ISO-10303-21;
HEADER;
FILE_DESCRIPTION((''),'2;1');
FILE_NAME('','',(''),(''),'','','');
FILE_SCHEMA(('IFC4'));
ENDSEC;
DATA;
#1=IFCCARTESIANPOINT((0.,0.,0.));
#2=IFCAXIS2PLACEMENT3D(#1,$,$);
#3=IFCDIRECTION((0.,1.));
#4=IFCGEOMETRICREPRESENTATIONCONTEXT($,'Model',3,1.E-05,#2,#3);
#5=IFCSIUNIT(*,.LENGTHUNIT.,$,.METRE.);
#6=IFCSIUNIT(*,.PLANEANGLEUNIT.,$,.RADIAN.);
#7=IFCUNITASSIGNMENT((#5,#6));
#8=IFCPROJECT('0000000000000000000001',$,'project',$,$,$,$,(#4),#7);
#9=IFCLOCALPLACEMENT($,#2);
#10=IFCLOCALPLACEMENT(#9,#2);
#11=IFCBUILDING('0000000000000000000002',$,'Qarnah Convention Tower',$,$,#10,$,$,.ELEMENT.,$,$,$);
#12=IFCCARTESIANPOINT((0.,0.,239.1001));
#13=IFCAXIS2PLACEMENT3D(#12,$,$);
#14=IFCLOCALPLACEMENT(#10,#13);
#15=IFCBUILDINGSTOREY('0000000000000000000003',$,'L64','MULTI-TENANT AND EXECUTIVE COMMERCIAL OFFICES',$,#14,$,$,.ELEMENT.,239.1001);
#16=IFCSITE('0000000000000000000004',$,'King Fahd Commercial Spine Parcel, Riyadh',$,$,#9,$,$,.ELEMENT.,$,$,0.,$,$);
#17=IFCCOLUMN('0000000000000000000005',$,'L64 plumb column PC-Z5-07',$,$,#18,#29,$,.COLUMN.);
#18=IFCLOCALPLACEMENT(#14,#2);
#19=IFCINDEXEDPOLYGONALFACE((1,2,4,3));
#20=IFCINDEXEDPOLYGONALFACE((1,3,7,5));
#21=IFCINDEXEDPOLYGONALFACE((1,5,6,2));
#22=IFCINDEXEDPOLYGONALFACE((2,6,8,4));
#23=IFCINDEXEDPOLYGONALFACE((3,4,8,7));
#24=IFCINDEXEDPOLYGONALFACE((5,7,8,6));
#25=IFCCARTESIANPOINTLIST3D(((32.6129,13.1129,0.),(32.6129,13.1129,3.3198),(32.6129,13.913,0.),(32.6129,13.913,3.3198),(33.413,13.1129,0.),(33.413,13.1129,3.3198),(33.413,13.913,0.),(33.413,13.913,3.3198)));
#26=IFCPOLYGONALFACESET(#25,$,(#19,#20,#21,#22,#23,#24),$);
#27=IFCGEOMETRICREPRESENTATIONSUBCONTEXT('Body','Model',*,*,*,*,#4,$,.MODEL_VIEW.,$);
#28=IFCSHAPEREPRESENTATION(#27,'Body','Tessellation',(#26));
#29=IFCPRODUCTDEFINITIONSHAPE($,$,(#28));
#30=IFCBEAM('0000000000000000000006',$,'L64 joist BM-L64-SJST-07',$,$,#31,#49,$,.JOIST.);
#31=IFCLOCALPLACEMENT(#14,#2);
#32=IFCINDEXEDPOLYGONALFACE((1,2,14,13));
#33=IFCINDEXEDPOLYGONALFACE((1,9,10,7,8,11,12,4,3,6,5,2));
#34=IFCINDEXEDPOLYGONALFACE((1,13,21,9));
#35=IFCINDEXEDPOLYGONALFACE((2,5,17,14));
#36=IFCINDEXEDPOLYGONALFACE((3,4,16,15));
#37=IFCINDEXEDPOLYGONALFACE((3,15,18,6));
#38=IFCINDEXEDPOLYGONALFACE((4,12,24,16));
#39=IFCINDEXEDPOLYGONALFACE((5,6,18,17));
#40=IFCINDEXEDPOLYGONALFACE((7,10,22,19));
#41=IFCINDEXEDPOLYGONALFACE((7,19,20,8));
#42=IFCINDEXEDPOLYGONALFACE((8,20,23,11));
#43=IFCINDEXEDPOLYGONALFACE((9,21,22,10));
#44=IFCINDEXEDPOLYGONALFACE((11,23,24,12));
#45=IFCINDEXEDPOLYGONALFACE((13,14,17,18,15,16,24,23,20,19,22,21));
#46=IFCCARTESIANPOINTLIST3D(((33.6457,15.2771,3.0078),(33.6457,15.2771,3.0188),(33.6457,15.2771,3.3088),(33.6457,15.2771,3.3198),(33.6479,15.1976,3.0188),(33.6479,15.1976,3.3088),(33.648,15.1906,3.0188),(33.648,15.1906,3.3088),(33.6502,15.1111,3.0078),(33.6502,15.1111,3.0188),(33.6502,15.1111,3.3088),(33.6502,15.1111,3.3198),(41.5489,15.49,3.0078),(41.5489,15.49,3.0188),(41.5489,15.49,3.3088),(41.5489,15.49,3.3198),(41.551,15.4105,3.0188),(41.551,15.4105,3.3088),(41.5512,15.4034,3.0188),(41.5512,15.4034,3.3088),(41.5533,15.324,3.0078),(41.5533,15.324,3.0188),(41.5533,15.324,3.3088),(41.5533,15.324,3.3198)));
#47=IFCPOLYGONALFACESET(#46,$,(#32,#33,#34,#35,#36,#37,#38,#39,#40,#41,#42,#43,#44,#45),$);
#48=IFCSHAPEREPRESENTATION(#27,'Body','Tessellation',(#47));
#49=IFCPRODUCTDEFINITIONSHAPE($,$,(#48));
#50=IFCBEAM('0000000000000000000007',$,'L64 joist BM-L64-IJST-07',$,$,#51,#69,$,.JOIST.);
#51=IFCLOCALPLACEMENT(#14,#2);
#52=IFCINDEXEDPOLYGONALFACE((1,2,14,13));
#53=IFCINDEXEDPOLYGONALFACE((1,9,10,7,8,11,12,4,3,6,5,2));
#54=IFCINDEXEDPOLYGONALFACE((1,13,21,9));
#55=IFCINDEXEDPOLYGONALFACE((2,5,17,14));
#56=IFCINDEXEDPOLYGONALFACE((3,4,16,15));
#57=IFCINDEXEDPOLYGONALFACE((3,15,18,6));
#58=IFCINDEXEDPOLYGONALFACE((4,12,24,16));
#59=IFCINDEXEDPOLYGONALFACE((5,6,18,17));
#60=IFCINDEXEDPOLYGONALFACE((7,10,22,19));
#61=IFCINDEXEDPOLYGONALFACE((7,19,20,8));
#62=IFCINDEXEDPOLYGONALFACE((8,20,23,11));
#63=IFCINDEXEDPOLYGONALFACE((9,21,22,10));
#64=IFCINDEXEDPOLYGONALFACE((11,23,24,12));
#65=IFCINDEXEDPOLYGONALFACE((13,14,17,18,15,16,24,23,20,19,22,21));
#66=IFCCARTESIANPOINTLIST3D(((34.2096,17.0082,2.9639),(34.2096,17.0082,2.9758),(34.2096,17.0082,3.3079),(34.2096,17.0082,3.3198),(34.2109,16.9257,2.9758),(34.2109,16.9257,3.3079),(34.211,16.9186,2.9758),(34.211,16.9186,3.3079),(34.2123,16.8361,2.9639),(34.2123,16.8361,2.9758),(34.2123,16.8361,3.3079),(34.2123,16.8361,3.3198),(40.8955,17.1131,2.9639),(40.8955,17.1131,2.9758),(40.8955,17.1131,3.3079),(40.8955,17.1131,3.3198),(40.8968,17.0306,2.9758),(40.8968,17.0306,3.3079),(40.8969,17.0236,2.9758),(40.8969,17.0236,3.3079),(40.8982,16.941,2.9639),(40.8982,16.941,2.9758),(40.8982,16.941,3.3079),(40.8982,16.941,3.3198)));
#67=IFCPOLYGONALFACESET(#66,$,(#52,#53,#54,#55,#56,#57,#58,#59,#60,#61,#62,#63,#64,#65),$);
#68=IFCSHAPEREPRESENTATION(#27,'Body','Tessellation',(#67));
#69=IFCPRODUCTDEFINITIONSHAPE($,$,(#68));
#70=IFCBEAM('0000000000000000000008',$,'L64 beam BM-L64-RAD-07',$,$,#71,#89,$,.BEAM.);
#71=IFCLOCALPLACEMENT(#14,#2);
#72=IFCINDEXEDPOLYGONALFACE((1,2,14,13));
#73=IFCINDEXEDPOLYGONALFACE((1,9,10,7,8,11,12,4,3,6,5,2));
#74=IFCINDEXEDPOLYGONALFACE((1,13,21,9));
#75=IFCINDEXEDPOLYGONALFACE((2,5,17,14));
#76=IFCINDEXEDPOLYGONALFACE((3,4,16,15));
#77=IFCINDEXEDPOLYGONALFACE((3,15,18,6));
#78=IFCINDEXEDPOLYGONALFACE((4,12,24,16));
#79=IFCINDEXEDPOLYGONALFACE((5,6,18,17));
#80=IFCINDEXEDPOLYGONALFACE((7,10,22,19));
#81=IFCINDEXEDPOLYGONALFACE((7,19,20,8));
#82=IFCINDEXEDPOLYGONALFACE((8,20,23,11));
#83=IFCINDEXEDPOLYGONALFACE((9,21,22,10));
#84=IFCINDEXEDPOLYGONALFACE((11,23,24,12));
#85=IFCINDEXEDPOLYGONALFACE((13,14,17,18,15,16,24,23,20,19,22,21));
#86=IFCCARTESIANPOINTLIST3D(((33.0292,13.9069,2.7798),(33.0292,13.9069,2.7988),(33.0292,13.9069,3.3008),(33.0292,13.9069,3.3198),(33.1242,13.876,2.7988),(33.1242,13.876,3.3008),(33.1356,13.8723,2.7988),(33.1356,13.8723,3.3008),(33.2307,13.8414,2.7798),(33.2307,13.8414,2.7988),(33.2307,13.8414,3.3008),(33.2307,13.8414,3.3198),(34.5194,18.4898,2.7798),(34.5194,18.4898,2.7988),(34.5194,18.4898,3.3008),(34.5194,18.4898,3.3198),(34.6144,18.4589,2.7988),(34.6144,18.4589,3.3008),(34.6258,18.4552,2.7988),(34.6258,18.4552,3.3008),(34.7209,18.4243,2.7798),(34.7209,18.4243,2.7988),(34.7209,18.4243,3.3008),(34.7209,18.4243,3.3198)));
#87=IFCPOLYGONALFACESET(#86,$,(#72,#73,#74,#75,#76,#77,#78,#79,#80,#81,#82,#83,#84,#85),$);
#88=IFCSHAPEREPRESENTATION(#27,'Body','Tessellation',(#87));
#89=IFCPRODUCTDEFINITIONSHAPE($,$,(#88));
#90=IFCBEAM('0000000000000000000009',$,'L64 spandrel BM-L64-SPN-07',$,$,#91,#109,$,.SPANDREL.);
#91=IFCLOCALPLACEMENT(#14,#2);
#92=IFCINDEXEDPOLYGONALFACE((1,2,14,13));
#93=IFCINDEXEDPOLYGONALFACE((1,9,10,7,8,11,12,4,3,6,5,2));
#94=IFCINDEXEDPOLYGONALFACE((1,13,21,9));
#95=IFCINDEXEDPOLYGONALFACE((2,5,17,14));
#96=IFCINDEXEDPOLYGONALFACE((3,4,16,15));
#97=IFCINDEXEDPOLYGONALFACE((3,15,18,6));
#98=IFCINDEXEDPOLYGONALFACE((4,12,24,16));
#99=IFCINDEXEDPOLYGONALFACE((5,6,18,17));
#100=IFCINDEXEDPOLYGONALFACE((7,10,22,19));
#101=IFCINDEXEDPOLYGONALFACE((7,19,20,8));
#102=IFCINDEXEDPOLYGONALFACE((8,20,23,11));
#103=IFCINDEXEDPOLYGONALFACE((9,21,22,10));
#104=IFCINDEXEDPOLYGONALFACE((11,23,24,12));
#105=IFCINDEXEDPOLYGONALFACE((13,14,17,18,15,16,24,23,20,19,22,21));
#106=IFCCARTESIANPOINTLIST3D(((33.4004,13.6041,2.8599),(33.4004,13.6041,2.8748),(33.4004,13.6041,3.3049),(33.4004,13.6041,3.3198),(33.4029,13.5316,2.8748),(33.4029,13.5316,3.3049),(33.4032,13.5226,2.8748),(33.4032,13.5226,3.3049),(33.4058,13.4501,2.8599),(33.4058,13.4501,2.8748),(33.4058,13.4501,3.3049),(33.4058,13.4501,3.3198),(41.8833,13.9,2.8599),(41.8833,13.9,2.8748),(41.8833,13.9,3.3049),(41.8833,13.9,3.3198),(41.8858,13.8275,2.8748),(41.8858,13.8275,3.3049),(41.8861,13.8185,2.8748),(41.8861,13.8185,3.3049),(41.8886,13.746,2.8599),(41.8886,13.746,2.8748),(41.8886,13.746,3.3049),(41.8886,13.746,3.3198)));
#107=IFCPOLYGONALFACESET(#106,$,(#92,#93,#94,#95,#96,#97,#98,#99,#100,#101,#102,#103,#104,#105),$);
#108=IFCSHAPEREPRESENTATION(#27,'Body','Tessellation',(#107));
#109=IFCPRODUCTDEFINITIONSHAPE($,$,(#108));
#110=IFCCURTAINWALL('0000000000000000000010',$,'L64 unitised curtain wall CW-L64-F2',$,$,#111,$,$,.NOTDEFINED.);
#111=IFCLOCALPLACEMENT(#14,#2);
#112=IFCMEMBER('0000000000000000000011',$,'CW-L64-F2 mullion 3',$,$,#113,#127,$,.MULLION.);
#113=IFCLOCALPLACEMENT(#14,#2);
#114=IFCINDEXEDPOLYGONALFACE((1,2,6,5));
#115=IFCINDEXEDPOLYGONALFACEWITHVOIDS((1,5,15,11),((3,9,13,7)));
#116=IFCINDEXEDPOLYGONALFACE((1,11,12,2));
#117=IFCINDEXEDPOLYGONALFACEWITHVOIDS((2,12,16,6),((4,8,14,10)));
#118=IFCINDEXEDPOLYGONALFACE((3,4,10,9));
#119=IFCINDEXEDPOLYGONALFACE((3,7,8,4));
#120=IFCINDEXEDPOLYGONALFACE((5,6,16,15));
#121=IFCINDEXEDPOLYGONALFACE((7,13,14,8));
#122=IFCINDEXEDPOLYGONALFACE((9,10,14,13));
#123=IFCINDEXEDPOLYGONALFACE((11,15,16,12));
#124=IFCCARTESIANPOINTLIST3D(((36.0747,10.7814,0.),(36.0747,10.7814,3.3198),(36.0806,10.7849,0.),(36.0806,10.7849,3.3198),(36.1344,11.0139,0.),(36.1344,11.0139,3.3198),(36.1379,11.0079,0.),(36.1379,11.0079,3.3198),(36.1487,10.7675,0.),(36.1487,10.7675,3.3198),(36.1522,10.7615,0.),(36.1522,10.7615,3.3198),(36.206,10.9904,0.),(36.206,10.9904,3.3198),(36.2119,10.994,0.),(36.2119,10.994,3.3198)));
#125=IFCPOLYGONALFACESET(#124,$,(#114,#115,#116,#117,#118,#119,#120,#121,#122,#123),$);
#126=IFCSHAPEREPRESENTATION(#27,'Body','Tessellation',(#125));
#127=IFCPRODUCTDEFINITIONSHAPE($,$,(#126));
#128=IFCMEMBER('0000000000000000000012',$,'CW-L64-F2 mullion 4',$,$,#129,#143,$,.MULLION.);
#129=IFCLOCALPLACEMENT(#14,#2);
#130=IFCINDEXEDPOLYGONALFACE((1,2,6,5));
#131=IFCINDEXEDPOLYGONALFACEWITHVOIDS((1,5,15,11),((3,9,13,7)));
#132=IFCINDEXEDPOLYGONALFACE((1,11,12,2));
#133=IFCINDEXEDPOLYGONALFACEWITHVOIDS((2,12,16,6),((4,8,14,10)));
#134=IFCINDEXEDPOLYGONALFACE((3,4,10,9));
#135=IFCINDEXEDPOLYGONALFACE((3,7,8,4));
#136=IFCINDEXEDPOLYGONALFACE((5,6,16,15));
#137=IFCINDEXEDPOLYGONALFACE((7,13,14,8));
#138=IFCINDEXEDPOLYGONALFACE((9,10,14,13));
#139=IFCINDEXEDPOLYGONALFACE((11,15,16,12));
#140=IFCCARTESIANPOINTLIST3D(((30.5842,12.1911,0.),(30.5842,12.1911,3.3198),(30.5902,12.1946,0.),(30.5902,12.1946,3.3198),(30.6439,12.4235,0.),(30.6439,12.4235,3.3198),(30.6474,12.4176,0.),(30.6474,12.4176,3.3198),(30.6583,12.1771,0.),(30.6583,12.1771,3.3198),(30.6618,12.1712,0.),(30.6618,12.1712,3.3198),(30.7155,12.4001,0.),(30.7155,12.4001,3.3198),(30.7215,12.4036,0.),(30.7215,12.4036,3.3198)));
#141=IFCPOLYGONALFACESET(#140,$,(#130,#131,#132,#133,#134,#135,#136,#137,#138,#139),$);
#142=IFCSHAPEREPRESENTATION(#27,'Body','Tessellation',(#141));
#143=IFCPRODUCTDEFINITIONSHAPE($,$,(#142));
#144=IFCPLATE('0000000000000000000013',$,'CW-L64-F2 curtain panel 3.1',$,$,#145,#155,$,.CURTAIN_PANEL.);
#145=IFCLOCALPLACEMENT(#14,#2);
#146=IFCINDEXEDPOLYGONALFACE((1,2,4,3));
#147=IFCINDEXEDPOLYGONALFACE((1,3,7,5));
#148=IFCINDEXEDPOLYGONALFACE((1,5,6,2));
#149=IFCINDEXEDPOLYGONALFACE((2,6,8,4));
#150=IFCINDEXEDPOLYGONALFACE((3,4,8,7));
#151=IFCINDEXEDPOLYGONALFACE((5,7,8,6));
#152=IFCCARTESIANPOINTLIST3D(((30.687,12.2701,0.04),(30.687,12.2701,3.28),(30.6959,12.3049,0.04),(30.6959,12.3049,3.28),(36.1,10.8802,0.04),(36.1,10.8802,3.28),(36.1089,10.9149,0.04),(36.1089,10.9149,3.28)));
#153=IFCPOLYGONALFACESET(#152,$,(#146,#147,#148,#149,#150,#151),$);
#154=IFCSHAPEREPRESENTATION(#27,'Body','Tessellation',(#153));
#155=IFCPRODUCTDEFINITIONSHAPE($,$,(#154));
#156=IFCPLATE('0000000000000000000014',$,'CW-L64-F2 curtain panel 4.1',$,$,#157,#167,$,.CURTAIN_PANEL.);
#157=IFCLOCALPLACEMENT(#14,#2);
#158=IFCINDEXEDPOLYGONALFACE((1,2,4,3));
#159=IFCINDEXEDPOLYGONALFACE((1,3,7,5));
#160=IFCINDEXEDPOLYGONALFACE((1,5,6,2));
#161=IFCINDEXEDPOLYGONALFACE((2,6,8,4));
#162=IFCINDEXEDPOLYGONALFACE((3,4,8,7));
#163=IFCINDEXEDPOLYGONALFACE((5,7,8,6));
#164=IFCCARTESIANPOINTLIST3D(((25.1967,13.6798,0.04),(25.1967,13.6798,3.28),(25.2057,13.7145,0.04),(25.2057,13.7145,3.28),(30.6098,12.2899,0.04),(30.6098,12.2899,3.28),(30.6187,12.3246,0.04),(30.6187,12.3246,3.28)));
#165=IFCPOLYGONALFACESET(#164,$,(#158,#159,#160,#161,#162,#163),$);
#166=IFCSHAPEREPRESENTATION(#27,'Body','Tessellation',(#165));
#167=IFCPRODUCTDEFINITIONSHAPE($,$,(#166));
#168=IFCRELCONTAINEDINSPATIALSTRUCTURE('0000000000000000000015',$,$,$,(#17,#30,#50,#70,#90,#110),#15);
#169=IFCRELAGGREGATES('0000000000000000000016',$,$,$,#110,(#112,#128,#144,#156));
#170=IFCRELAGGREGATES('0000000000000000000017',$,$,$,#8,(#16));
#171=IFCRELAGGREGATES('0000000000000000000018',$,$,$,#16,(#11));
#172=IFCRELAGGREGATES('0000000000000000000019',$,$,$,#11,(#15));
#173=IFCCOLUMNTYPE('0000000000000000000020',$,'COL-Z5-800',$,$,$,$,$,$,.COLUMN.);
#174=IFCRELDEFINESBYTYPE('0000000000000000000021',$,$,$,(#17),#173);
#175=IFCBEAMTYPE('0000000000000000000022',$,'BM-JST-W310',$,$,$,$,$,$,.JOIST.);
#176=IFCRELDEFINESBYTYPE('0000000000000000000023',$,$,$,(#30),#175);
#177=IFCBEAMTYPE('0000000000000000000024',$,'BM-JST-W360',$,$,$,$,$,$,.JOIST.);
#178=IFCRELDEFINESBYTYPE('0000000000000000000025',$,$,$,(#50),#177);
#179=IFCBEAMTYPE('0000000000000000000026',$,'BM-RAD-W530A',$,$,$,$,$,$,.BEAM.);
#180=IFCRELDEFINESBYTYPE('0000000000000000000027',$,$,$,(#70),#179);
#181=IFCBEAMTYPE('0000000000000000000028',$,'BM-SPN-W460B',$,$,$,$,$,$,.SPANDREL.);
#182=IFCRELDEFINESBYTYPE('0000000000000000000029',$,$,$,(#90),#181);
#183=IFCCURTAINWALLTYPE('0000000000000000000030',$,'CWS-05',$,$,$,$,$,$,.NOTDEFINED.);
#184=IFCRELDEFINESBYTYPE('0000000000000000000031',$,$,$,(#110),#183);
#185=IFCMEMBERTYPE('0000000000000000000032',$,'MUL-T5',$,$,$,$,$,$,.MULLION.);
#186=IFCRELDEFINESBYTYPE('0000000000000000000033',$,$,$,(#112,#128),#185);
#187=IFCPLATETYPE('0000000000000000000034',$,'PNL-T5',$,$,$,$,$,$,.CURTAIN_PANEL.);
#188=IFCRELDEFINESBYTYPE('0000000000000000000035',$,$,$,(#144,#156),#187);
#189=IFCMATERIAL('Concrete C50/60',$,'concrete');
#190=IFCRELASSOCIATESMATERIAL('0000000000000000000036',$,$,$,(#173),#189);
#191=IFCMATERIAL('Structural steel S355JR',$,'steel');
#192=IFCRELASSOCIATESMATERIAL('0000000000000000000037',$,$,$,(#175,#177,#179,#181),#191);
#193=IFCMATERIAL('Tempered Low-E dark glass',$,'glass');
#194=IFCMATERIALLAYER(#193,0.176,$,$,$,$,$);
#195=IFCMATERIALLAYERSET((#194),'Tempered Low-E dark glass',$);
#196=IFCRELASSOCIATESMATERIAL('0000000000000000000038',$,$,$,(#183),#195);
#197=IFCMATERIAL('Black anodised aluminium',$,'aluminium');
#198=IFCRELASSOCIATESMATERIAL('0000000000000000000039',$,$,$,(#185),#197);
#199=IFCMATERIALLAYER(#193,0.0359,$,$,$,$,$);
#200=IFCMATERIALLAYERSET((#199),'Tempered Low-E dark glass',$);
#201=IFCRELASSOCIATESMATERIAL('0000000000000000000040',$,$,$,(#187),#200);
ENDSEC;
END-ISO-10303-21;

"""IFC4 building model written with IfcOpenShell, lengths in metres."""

from ifc_helpers import new_model, si_unit, direction, frame, origin, origin_2d, place, context, subcontext, project, spatial, rectangle, hollow_rectangle, i_section, extrude, material, layer, layer_set, material_profile, profile_set, type_object, element, aggregate, save


model = new_model("IFC4")

# Units and contexts
model_context = context("Model", 3, precision=1e-05, world=origin(), true_north=direction((0.0, 1.0)))
body_context = subcontext(model_context, "Body", "Model", "MODEL_VIEW")
ifc_project = project(units=[si_unit("LENGTHUNIT", "METRE"), si_unit("PLANEANGLEUNIT", "RADIAN")], contexts=[model_context])

# Site, building, storey
site_placement = place(None, origin())
site = spatial("IfcSite", under=ifc_project, at=site_placement, Name="King Fahd Commercial Spine Parcel, Riyadh", CompositionType="ELEMENT", RefElevation=0.0)
building_placement = place(site_placement, origin())
building = spatial("IfcBuilding", under=site, at=building_placement, Name="Qarnah Convention Tower", CompositionType="ELEMENT")
storey_placement = place(building_placement, frame((0.0, 0.0, 239.1001)))
storey = spatial("IfcBuildingStorey", under=building, at=storey_placement, Name="L64", Description="MULTI-TENANT AND EXECUTIVE COMMERCIAL OFFICES", CompositionType="ELEMENT", Elevation=239.1001)

# Column
ifc_material_1 = material(Name="Concrete C50/60", Category="concrete")
ifc_material_profile_1 = material_profile(ifc_material_1, rectangle(XDim=0.8, YDim=0.8, at=origin_2d()), Name="RC-COL-800X800")
ifc_profile_set_1 = profile_set([ifc_material_profile_1], Name="Concrete C50/60")
column_type = type_object("IfcColumnType", Name="COL-Z5-800", PredefinedType="COLUMN", material=ifc_profile_set_1)
column_placement = place(storey_placement, frame((33.0129, 13.5129, 0.0), z_axis=(0.0, 0.0, 1.0), x_axis=(1.0, 0.0, 0.0)))
element("IfcColumn", 1, at=column_placement, inside=storey, type_object=column_type, Name="L64 plumb column PC-Z5-07", PredefinedType="COLUMN", context=body_context, shape_type="SweptSolid", body=[
    extrude(rectangle(XDim=0.8, YDim=0.8, at=origin_2d()), origin(), (0.0, 0.0, 1.0), 3.3198),
])

# Beams
ifc_material_2 = material(Name="Structural steel S355JR", Category="steel")
ifc_material_profile_2 = material_profile(ifc_material_2, i_section(OverallWidth=0.166, OverallDepth=0.312, WebThickness=0.0071, FlangeThickness=0.011, at=origin_2d()), Name="W310X45")
ifc_profile_set_2 = profile_set([ifc_material_profile_2], Name="Structural steel S355JR")
beam_type_1 = type_object("IfcBeamType", Name="BM-JST-W310", PredefinedType="JOIST", material=ifc_profile_set_2)
beam_1_placement = place(storey_placement, frame((33.6479, 15.1941, 3.1638), z_axis=(0.999637, 0.026928, 0.0), x_axis=(-0.026928, 0.999637, 0.0)))
element("IfcBeam", 2, at=beam_1_placement, inside=storey, type_object=beam_type_1, Name="L64 joist BM-L64-SJST-07", PredefinedType="JOIST", context=body_context, shape_type="SweptSolid", body=[
    extrude(i_section(OverallWidth=0.166, OverallDepth=0.312, WebThickness=0.0071, FlangeThickness=0.011, at=origin_2d()), origin(), (0.0, 0.0, 1.0), 7.906),
])
ifc_material_profile_3 = material_profile(ifc_material_2, i_section(OverallWidth=0.1721, OverallDepth=0.356, WebThickness=0.0071, FlangeThickness=0.012, at=origin_2d()), Name="W360X51")
ifc_profile_set_3 = profile_set([ifc_material_profile_3], Name="Structural steel S355JR")
beam_type_2 = type_object("IfcBeamType", Name="BM-JST-W360", PredefinedType="JOIST", material=ifc_profile_set_3)
beam_2_placement = place(storey_placement, frame((34.2109, 16.9221, 3.1418), z_axis=(0.999877, 0.0157, 0.0), x_axis=(-0.0157, 0.999877, 0.0)))
element("IfcBeam", 3, at=beam_2_placement, inside=storey, type_object=beam_type_2, Name="L64 joist BM-L64-IJST-07", PredefinedType="JOIST", context=body_context, shape_type="SweptSolid", body=[
    extrude(i_section(OverallWidth=0.1721, OverallDepth=0.356, WebThickness=0.0071, FlangeThickness=0.012, at=origin_2d()), origin(), (0.0, 0.0, 1.0), 6.6868),
])
ifc_material_profile_4 = material_profile(ifc_material_2, i_section(OverallWidth=0.2119, OverallDepth=0.54, WebThickness=0.012, FlangeThickness=0.019, at=origin_2d()), Name="W530X109")
ifc_profile_set_4 = profile_set([ifc_material_profile_4], Name="Structural steel S355JR")
beam_type_3 = type_object("IfcBeamType", Name="BM-RAD-W530A", PredefinedType="BEAM", material=ifc_profile_set_4)
beam_3_placement = place(storey_placement, frame((34.6201, 18.457, 3.0498), z_axis=(-0.309228, -0.950988, 0.0), x_axis=(0.950988, -0.309228, 0.0)))
element("IfcBeam", 4, at=beam_3_placement, inside=storey, type_object=beam_type_3, Name="L64 beam BM-L64-RAD-07", PredefinedType="BEAM", context=body_context, shape_type="SweptSolid", body=[
    extrude(i_section(OverallWidth=0.2119, OverallDepth=0.54, WebThickness=0.012, FlangeThickness=0.019, at=origin_2d()), origin(), (0.0, 0.0, 1.0), 4.8191),
])
ifc_material_profile_5 = material_profile(ifc_material_2, i_section(OverallWidth=0.1541, OverallDepth=0.46, WebThickness=0.009, FlangeThickness=0.0149, at=origin_2d()), Name="W460X68")
ifc_profile_set_5 = profile_set([ifc_material_profile_5], Name="Structural steel S355JR")
beam_type_4 = type_object("IfcBeamType", Name="BM-SPN-W460B", PredefinedType="SPANDREL", material=ifc_profile_set_5)
beam_4_placement = place(storey_placement, frame((33.4031, 13.5271, 3.0898), z_axis=(0.999392, 0.034861, 0.0), x_axis=(-0.034861, 0.999392, 0.0)))
element("IfcBeam", 5, at=beam_4_placement, inside=storey, type_object=beam_type_4, Name="L64 spandrel BM-L64-SPN-07", PredefinedType="SPANDREL", context=body_context, shape_type="SweptSolid", body=[
    extrude(i_section(OverallWidth=0.1541, OverallDepth=0.46, WebThickness=0.009, FlangeThickness=0.0149, at=origin_2d()), origin(), (0.0, 0.0, 1.0), 8.488),
])

# Curtain wall, members, plates
ifc_material_3 = material(Name="Tempered Low-E dark glass", Category="glass")
ifc_layer_1 = layer(ifc_material_3, 0.176)
ifc_layer_set_1 = layer_set([ifc_layer_1], Name="Tempered Low-E dark glass")
curtain_wall_type = type_object("IfcCurtainWallType", Name="CWS-05", PredefinedType="NOTDEFINED", material=ifc_layer_set_1)
curtain_wall_placement = place(storey_placement, origin())
curtain_wall = element("IfcCurtainWall", 6, at=curtain_wall_placement, inside=storey, type_object=curtain_wall_type, Name="L64 unitised curtain wall CW-L64-F2", PredefinedType="NOTDEFINED")
ifc_material_4 = material(Name="Black anodised aluminium", Category="aluminium")
ifc_material_profile_6 = material_profile(ifc_material_4, hollow_rectangle(XDim=0.0801, YDim=0.24, WallThickness=0.0049, at=origin_2d()), Name="MUL-80X240")
ifc_profile_set_6 = profile_set([ifc_material_profile_6], Name="Black anodised aluminium")
member_type = type_object("IfcMemberType", Name="MUL-T5", PredefinedType="MULLION", material=ifc_profile_set_6)
member_1_placement = place(storey_placement, frame((36.1433, 10.8877, 0.0), z_axis=(0.0, 0.0, 1.0), x_axis=(-0.968579, 0.248707, 0.0)))
member_1 = element("IfcMember", 7, at=member_1_placement, type_object=member_type, Name="CW-L64-F2 mullion 3", PredefinedType="MULLION", context=body_context, shape_type="SweptSolid", body=[
    extrude(hollow_rectangle(XDim=0.0801, YDim=0.24, WallThickness=0.0049, at=origin_2d()), origin(), (0.0, 0.0, 1.0), 3.3198),
])
member_2_placement = place(storey_placement, frame((30.6528, 12.2974, 0.0), z_axis=(0.0, 0.0, 1.0), x_axis=(-0.968579, 0.248707, 0.0)))
member_2 = element("IfcMember", 8, at=member_2_placement, type_object=member_type, Name="CW-L64-F2 mullion 4", PredefinedType="MULLION", context=body_context, shape_type="SweptSolid", body=[
    extrude(hollow_rectangle(XDim=0.0801, YDim=0.24, WallThickness=0.0049, at=origin_2d()), origin(), (0.0, 0.0, 1.0), 3.3198),
])
ifc_layer_2 = layer(ifc_material_3, 0.0359)
ifc_layer_set_2 = layer_set([ifc_layer_2], Name="Tempered Low-E dark glass")
plate_type = type_object("IfcPlateType", Name="PNL-T5", PredefinedType="CURTAIN_PANEL", material=ifc_layer_set_2)
plate_1_placement = place(storey_placement, frame((33.3979, 11.5925, 0.04), z_axis=(0.0, 0.0, 1.0), x_axis=(-0.968579, 0.248707, 0.0)))
plate_1 = element("IfcPlate", 9, at=plate_1_placement, type_object=plate_type, Name="CW-L64-F2 curtain panel 3.1", PredefinedType="CURTAIN_PANEL", context=body_context, shape_type="SweptSolid", body=[
    extrude(rectangle(XDim=5.5886, YDim=0.0359, at=origin_2d()), origin(), (0.0, 0.0, 1.0), 3.24),
])
plate_2_placement = place(storey_placement, frame((27.9077, 13.0022, 0.04), z_axis=(0.0, 0.0, 1.0), x_axis=(-0.968579, 0.248707, 0.0)))
plate_2 = element("IfcPlate", 10, at=plate_2_placement, type_object=plate_type, Name="CW-L64-F2 curtain panel 4.1", PredefinedType="CURTAIN_PANEL", context=body_context, shape_type="SweptSolid", body=[
    extrude(rectangle(XDim=5.5886, YDim=0.0359, at=origin_2d()), origin(), (0.0, 0.0, 1.0), 3.24),
])
aggregate(curtain_wall, [member_1, member_2, plate_1, plate_2])

save(model, "model.ifc")
